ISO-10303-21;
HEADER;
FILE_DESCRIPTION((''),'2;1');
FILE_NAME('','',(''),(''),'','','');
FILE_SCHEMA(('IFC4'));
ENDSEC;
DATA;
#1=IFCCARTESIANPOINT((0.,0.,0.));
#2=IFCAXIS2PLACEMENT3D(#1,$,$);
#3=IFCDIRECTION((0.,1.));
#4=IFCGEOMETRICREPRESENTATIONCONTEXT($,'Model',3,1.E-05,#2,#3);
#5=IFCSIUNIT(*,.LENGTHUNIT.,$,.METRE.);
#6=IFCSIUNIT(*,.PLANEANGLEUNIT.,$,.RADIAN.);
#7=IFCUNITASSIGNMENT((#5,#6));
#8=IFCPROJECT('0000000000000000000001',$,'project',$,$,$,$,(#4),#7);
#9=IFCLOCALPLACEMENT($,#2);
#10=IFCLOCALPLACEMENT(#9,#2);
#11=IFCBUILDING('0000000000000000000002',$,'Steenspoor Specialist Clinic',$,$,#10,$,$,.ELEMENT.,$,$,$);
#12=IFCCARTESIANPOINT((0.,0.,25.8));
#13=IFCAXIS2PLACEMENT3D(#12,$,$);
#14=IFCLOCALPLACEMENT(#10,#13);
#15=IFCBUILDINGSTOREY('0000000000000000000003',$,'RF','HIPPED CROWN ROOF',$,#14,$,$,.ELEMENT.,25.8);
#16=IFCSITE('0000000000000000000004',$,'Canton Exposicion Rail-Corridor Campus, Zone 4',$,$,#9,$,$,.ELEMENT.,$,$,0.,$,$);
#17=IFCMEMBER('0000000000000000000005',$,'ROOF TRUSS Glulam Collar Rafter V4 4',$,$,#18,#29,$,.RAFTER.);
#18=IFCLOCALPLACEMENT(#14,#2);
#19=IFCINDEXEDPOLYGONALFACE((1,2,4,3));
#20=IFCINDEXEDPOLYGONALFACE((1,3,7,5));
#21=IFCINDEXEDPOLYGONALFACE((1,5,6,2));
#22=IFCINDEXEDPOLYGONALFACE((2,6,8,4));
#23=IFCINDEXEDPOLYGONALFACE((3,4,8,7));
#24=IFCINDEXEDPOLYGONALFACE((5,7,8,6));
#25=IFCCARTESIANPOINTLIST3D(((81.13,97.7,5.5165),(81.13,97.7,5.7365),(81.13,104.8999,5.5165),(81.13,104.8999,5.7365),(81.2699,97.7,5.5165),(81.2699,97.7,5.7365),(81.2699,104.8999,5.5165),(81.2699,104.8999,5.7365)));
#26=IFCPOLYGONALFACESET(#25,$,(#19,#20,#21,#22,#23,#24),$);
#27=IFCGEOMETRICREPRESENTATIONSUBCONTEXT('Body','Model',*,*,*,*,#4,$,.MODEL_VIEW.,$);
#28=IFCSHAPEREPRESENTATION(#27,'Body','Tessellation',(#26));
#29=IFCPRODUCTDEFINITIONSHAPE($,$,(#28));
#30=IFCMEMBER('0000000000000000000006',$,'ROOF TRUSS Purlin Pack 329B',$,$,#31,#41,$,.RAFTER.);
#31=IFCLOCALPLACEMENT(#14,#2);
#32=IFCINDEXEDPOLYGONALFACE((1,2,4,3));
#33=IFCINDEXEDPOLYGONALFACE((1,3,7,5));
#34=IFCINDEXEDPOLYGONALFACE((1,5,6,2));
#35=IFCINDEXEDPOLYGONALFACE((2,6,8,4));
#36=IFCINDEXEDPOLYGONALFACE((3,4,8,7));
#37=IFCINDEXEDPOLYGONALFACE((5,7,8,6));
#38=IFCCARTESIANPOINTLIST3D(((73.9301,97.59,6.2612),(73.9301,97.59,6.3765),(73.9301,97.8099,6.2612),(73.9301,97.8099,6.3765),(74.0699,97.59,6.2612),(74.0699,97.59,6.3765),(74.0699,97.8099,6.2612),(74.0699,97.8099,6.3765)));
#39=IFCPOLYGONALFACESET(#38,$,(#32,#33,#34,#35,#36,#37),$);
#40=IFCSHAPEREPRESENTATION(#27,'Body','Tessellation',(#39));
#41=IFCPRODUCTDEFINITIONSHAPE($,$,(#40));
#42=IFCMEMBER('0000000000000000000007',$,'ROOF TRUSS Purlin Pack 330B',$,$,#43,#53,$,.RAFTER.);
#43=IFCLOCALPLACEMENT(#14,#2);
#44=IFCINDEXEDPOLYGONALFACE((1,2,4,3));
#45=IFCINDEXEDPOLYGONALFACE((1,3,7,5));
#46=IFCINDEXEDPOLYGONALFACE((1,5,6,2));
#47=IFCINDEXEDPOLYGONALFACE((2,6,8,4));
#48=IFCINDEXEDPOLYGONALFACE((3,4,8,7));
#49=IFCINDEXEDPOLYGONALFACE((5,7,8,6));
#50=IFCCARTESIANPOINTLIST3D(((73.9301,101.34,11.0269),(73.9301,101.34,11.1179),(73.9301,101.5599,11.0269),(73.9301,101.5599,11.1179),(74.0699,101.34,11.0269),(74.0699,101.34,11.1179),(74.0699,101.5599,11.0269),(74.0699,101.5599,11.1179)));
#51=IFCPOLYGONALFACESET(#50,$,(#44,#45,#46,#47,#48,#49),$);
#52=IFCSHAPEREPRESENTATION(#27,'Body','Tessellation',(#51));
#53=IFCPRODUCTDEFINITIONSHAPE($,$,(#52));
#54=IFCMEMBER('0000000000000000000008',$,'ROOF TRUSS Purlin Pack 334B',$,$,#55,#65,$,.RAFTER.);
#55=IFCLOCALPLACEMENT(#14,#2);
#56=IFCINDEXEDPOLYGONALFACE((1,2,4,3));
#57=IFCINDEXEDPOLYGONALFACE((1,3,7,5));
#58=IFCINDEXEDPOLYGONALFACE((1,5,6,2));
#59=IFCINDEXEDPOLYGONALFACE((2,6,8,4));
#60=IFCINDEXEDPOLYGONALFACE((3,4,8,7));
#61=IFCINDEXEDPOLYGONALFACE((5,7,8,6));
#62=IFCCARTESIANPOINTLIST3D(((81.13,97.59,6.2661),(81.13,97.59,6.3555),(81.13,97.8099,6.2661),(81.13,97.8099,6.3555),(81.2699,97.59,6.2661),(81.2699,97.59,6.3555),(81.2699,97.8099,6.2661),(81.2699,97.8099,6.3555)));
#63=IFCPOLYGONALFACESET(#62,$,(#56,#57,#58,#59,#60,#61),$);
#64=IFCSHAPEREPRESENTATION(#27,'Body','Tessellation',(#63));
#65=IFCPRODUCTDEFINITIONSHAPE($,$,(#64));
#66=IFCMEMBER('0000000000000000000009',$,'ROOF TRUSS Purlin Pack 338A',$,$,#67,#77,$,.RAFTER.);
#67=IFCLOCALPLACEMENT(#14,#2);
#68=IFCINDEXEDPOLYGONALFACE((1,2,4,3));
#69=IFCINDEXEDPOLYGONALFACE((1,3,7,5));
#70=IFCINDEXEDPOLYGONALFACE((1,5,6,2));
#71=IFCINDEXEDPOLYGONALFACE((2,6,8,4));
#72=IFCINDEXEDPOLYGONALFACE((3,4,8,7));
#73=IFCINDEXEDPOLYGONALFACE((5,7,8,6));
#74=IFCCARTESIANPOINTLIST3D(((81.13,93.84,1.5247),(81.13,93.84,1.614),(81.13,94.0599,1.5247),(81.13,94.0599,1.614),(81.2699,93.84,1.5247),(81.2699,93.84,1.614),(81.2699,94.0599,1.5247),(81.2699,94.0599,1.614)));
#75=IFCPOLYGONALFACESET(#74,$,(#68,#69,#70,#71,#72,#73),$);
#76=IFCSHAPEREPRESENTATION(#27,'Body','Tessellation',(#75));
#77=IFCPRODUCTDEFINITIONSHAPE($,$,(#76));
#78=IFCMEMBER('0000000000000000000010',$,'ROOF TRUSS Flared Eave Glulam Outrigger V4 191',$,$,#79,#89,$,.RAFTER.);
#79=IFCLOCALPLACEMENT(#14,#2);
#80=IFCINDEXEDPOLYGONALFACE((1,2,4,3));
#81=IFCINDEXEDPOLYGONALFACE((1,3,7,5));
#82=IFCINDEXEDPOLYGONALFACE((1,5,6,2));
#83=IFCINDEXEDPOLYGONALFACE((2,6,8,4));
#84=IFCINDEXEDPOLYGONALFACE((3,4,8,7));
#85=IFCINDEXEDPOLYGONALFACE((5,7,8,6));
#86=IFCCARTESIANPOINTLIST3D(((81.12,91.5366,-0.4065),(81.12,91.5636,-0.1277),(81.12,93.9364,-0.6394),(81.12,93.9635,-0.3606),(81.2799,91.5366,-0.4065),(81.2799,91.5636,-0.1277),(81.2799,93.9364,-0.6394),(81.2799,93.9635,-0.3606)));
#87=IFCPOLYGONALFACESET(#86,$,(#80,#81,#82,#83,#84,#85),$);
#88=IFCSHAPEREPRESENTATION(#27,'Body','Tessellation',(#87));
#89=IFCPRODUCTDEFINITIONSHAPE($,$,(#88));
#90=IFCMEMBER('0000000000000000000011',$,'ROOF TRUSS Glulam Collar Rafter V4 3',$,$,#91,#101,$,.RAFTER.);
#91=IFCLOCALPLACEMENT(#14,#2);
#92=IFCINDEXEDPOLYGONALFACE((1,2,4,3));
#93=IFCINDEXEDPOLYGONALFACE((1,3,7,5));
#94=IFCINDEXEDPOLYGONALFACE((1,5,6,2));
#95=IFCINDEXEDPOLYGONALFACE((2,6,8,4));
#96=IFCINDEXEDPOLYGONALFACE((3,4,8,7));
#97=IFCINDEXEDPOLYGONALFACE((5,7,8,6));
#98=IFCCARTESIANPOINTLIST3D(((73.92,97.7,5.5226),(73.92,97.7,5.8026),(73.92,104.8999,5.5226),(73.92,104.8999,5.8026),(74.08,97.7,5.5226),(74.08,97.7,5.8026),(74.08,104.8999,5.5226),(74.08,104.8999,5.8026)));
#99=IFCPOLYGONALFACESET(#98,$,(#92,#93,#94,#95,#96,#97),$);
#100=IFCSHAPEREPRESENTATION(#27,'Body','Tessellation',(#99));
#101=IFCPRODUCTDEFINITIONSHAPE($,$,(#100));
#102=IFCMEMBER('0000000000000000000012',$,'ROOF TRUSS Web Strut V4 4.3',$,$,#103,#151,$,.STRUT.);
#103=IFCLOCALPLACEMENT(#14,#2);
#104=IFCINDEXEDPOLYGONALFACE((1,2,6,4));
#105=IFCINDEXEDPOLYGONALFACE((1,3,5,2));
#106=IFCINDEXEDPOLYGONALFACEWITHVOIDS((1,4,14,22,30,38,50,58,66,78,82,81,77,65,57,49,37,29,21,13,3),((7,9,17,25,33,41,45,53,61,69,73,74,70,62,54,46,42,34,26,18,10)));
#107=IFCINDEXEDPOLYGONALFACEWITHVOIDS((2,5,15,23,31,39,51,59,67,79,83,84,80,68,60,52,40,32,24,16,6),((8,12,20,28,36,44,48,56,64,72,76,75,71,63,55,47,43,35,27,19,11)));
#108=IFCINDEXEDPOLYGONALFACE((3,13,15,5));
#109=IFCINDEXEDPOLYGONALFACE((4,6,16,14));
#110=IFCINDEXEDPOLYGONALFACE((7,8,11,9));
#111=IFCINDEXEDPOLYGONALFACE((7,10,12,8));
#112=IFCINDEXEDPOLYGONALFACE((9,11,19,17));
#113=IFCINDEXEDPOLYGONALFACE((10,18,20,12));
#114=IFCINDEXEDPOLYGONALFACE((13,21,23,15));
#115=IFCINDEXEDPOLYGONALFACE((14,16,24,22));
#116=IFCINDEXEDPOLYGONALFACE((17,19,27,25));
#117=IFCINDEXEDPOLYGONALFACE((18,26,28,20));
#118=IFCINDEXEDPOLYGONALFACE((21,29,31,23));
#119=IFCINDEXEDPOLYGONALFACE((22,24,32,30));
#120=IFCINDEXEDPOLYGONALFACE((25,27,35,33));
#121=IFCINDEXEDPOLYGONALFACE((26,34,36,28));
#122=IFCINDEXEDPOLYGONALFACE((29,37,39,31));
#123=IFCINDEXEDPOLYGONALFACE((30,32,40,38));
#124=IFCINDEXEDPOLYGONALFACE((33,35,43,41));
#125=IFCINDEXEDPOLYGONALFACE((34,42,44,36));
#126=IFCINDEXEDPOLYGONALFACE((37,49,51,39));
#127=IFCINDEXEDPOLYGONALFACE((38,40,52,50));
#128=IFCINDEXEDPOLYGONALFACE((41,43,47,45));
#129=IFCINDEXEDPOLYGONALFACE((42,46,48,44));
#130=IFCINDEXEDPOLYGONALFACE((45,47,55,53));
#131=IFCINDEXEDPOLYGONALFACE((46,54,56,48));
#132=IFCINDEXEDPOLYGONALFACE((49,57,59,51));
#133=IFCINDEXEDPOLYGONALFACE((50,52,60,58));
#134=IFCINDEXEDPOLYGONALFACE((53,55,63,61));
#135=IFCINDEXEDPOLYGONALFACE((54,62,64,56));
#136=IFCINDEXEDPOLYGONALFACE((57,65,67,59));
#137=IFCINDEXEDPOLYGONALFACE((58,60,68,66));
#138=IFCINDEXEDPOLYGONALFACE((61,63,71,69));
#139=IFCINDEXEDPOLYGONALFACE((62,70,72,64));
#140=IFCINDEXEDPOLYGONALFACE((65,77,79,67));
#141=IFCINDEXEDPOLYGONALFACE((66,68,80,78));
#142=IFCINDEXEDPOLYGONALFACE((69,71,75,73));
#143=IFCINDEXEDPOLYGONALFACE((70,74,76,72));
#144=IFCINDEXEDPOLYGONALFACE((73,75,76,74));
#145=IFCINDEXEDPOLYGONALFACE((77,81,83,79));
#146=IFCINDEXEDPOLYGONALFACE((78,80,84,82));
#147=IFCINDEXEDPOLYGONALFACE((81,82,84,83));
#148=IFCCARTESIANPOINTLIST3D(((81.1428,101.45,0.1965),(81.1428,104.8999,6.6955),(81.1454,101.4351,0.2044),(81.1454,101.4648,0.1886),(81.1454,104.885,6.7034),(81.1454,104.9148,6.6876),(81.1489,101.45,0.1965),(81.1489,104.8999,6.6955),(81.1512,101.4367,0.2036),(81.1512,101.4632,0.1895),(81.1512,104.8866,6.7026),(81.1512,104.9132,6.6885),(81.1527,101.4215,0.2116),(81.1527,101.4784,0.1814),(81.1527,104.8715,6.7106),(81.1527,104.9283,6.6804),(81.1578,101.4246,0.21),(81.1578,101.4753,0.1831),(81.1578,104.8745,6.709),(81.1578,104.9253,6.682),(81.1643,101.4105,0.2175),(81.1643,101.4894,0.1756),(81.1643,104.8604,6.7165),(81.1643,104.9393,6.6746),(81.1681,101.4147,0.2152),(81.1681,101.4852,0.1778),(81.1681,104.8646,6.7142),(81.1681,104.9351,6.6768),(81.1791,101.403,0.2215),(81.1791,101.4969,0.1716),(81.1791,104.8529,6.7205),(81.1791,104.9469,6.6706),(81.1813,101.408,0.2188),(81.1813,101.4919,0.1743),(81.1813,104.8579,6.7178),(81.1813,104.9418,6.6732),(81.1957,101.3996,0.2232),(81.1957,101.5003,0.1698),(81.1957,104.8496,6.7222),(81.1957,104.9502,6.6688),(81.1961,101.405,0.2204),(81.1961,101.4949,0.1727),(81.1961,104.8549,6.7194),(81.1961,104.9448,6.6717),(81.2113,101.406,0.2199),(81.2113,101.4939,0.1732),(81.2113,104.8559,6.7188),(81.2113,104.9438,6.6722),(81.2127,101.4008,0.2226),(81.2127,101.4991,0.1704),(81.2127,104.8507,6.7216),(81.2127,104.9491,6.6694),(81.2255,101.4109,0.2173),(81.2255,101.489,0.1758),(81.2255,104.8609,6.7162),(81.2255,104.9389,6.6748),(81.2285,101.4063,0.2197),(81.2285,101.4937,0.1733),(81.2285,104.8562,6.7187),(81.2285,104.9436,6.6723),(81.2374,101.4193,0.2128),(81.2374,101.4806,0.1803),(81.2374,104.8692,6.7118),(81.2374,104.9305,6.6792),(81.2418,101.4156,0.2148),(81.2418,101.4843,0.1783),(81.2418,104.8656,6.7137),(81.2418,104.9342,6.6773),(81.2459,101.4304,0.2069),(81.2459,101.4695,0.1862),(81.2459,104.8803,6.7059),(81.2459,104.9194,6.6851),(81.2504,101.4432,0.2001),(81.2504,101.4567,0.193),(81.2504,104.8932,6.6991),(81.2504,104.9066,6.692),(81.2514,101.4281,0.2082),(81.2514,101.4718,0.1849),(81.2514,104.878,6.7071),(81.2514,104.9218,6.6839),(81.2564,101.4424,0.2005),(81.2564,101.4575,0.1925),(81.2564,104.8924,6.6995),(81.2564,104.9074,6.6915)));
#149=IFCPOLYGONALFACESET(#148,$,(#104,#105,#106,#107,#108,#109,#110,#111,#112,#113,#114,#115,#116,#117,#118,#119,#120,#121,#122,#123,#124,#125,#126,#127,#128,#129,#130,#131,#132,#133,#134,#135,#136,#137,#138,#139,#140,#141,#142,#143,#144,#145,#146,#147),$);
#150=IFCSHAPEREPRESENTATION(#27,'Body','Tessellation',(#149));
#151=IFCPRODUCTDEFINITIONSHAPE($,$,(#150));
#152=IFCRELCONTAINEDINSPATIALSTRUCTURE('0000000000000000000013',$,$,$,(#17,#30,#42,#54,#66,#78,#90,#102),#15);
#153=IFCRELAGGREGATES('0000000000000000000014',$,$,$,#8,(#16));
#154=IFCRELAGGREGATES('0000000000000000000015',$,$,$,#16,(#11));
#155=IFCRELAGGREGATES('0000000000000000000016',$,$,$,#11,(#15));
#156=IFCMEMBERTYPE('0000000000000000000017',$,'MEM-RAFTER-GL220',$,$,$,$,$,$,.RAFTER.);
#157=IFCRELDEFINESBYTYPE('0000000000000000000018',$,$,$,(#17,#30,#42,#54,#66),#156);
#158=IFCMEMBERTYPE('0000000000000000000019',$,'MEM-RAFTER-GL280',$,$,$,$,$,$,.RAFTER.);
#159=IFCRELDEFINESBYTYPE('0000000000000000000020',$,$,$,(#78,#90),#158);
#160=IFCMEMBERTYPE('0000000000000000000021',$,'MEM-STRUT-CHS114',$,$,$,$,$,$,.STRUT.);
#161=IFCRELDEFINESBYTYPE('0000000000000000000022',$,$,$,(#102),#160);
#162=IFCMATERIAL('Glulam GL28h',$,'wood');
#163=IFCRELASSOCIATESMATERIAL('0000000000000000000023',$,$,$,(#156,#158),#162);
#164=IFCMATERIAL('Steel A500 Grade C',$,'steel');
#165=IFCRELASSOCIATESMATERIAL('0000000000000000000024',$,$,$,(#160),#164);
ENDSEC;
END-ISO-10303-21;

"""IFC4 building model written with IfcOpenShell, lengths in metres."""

from ifc_helpers import new_model, si_unit, direction, frame, origin, origin_2d, place, context, subcontext, project, spatial, rectangle, hollow_circle, extrude, material, material_profile, profile_set, type_object, element, save


model = new_model("IFC4")

# Units and contexts
model_context = context("Model", 3, precision=1e-05, world=origin(), true_north=direction((0.0, 1.0)))
body_context = subcontext(model_context, "Body", "Model", "MODEL_VIEW")
ifc_project = project(units=[si_unit("LENGTHUNIT", "METRE"), si_unit("PLANEANGLEUNIT", "RADIAN")], contexts=[model_context])

# Site, building, storey
site_placement = place(None, origin())
site = spatial("IfcSite", under=ifc_project, at=site_placement, Name="Canton Exposicion Rail-Corridor Campus, Zone 4", CompositionType="ELEMENT", RefElevation=0.0)
building_placement = place(site_placement, origin())
building = spatial("IfcBuilding", under=site, at=building_placement, Name="Steenspoor Specialist Clinic", CompositionType="ELEMENT")
storey_placement = place(building_placement, frame((0.0, 0.0, 25.8)))
storey = spatial("IfcBuildingStorey", under=building, at=storey_placement, Name="RF", Description="HIPPED CROWN ROOF", CompositionType="ELEMENT", Elevation=25.8)

# Members
ifc_material_1 = material(Name="Steel A500 Grade C", Category="steel")
ifc_material_2 = material(Name="Glulam GL28h", Category="wood")
ifc_material_profile_1 = material_profile(ifc_material_2, rectangle(XDim=0.1399, YDim=0.22, at=origin_2d()), Name="GL28H-140X220")
ifc_profile_set_1 = profile_set([ifc_material_profile_1], Name="Glulam GL28h")
member_type_1 = type_object("IfcMemberType", Name="MEM-RAFTER-GL220", PredefinedType="RAFTER", material=ifc_profile_set_1)
member_1_placement = place(storey_placement, frame((81.2, 97.7, 5.6265), z_axis=(0.0, 1.0, 0.0), x_axis=(-1.0, 0.0, 0.0)))
element("IfcMember", 1, at=member_1_placement, inside=storey, type_object=member_type_1, Name="ROOF TRUSS Glulam Collar Rafter V4 4", PredefinedType="RAFTER", context=body_context, shape_type="SweptSolid", body=[
    extrude(rectangle(XDim=0.1399, YDim=0.22, at=origin_2d()), origin(), (0.0, 0.0, 1.0), 7.2),
])
member_2_placement = place(storey_placement, frame((74.0, 97.7, 6.2612), z_axis=(0.0, 0.0, 1.0), x_axis=(1.0, 0.0, 0.0)))
element("IfcMember", 2, at=member_2_placement, inside=storey, type_object=member_type_1, Name="ROOF TRUSS Purlin Pack 329B", PredefinedType="RAFTER", context=body_context, shape_type="SweptSolid", body=[
    extrude(rectangle(XDim=0.1399, YDim=0.22, at=origin_2d()), origin(), (0.0, 0.0, 1.0), 0.1152),
])
member_3_placement = place(storey_placement, frame((74.0, 101.45, 11.0269), z_axis=(0.0, 0.0, 1.0), x_axis=(1.0, 0.0, 0.0)))
element("IfcMember", 3, at=member_3_placement, inside=storey, type_object=member_type_1, Name="ROOF TRUSS Purlin Pack 330B", PredefinedType="RAFTER", context=body_context, shape_type="SweptSolid", body=[
    extrude(rectangle(XDim=0.1399, YDim=0.22, at=origin_2d()), origin(), (0.0, 0.0, 1.0), 0.0911),
])
for number, where, z_axis, x_axis, name in (
    (4, (81.2, 97.7, 6.2661), (0.0, 0.0, 1.0), (1.0, 0.0, 0.0), "ROOF TRUSS Purlin Pack 334B"),
    (5, (81.2, 93.95, 1.5247), (0.0, 0.0, 1.0), (1.0, 0.0, 0.0), "ROOF TRUSS Purlin Pack 338A"),
):
    element("IfcMember", number, at=place(storey_placement, frame(where, z_axis=z_axis, x_axis=x_axis)), inside=storey, type_object=member_type_1, Name=name, PredefinedType="RAFTER", context=body_context, shape_type="SweptSolid", body=[
        extrude(rectangle(XDim=0.1399, YDim=0.22, at=origin_2d()), origin(), (0.0, 0.0, 1.0), 0.0894),
    ])
ifc_material_profile_2 = material_profile(ifc_material_2, rectangle(XDim=0.1599, YDim=0.28, at=origin_2d()), Name="GL28H-160X280")
ifc_profile_set_2 = profile_set([ifc_material_profile_2], Name="Glulam GL28h")
member_type_2 = type_object("IfcMemberType", Name="MEM-RAFTER-GL280", PredefinedType="RAFTER", material=ifc_profile_set_2)
member_4_placement = place(storey_placement, frame((81.2, 93.95, -0.5), z_axis=(0.0, -0.995324, 0.096596), x_axis=(1.0, 0.0, 0.0)))
element("IfcMember", 6, at=member_4_placement, inside=storey, type_object=member_type_2, Name="ROOF TRUSS Flared Eave Glulam Outrigger V4 191", PredefinedType="RAFTER", context=body_context, shape_type="SweptSolid", body=[
    extrude(rectangle(XDim=0.1599, YDim=0.28, at=origin_2d()), origin(), (0.0, 0.0, 1.0), 2.4111),
])
member_5_placement = place(storey_placement, frame((74.0, 97.7, 5.6626), z_axis=(0.0, 1.0, 0.0), x_axis=(-1.0, 0.0, 0.0)))
element("IfcMember", 7, at=member_5_placement, inside=storey, type_object=member_type_2, Name="ROOF TRUSS Glulam Collar Rafter V4 3", PredefinedType="RAFTER", context=body_context, shape_type="SweptSolid", body=[
    extrude(rectangle(XDim=0.1599, YDim=0.28, at=origin_2d()), origin(), (0.0, 0.0, 1.0), 7.2),
])
ifc_material_profile_3 = material_profile(ifc_material_1, hollow_circle(Radius=0.0571, WallThickness=0.0061, at=origin_2d()), Name="CHS114X6.0")
ifc_profile_set_3 = profile_set([ifc_material_profile_3], Name="Steel A500 Grade C")
member_type_3 = type_object("IfcMemberType", Name="MEM-STRUT-CHS114", PredefinedType="STRUT", material=ifc_profile_set_3)
member_6_placement = place(storey_placement, frame((81.2, 101.45, 0.1965), z_axis=(0.0, 0.468874, 0.883265), x_axis=(-1.0, 0.0, 0.0)))
element("IfcMember", 8, at=member_6_placement, inside=storey, type_object=member_type_3, Name="ROOF TRUSS Web Strut V4 4.3", PredefinedType="STRUT", context=body_context, shape_type="SweptSolid", body=[
    extrude(hollow_circle(Radius=0.0571, WallThickness=0.0061, at=origin_2d()), origin(), (0.0, 0.0, 1.0), 7.3579),
])

save(model, "model.ifc")
